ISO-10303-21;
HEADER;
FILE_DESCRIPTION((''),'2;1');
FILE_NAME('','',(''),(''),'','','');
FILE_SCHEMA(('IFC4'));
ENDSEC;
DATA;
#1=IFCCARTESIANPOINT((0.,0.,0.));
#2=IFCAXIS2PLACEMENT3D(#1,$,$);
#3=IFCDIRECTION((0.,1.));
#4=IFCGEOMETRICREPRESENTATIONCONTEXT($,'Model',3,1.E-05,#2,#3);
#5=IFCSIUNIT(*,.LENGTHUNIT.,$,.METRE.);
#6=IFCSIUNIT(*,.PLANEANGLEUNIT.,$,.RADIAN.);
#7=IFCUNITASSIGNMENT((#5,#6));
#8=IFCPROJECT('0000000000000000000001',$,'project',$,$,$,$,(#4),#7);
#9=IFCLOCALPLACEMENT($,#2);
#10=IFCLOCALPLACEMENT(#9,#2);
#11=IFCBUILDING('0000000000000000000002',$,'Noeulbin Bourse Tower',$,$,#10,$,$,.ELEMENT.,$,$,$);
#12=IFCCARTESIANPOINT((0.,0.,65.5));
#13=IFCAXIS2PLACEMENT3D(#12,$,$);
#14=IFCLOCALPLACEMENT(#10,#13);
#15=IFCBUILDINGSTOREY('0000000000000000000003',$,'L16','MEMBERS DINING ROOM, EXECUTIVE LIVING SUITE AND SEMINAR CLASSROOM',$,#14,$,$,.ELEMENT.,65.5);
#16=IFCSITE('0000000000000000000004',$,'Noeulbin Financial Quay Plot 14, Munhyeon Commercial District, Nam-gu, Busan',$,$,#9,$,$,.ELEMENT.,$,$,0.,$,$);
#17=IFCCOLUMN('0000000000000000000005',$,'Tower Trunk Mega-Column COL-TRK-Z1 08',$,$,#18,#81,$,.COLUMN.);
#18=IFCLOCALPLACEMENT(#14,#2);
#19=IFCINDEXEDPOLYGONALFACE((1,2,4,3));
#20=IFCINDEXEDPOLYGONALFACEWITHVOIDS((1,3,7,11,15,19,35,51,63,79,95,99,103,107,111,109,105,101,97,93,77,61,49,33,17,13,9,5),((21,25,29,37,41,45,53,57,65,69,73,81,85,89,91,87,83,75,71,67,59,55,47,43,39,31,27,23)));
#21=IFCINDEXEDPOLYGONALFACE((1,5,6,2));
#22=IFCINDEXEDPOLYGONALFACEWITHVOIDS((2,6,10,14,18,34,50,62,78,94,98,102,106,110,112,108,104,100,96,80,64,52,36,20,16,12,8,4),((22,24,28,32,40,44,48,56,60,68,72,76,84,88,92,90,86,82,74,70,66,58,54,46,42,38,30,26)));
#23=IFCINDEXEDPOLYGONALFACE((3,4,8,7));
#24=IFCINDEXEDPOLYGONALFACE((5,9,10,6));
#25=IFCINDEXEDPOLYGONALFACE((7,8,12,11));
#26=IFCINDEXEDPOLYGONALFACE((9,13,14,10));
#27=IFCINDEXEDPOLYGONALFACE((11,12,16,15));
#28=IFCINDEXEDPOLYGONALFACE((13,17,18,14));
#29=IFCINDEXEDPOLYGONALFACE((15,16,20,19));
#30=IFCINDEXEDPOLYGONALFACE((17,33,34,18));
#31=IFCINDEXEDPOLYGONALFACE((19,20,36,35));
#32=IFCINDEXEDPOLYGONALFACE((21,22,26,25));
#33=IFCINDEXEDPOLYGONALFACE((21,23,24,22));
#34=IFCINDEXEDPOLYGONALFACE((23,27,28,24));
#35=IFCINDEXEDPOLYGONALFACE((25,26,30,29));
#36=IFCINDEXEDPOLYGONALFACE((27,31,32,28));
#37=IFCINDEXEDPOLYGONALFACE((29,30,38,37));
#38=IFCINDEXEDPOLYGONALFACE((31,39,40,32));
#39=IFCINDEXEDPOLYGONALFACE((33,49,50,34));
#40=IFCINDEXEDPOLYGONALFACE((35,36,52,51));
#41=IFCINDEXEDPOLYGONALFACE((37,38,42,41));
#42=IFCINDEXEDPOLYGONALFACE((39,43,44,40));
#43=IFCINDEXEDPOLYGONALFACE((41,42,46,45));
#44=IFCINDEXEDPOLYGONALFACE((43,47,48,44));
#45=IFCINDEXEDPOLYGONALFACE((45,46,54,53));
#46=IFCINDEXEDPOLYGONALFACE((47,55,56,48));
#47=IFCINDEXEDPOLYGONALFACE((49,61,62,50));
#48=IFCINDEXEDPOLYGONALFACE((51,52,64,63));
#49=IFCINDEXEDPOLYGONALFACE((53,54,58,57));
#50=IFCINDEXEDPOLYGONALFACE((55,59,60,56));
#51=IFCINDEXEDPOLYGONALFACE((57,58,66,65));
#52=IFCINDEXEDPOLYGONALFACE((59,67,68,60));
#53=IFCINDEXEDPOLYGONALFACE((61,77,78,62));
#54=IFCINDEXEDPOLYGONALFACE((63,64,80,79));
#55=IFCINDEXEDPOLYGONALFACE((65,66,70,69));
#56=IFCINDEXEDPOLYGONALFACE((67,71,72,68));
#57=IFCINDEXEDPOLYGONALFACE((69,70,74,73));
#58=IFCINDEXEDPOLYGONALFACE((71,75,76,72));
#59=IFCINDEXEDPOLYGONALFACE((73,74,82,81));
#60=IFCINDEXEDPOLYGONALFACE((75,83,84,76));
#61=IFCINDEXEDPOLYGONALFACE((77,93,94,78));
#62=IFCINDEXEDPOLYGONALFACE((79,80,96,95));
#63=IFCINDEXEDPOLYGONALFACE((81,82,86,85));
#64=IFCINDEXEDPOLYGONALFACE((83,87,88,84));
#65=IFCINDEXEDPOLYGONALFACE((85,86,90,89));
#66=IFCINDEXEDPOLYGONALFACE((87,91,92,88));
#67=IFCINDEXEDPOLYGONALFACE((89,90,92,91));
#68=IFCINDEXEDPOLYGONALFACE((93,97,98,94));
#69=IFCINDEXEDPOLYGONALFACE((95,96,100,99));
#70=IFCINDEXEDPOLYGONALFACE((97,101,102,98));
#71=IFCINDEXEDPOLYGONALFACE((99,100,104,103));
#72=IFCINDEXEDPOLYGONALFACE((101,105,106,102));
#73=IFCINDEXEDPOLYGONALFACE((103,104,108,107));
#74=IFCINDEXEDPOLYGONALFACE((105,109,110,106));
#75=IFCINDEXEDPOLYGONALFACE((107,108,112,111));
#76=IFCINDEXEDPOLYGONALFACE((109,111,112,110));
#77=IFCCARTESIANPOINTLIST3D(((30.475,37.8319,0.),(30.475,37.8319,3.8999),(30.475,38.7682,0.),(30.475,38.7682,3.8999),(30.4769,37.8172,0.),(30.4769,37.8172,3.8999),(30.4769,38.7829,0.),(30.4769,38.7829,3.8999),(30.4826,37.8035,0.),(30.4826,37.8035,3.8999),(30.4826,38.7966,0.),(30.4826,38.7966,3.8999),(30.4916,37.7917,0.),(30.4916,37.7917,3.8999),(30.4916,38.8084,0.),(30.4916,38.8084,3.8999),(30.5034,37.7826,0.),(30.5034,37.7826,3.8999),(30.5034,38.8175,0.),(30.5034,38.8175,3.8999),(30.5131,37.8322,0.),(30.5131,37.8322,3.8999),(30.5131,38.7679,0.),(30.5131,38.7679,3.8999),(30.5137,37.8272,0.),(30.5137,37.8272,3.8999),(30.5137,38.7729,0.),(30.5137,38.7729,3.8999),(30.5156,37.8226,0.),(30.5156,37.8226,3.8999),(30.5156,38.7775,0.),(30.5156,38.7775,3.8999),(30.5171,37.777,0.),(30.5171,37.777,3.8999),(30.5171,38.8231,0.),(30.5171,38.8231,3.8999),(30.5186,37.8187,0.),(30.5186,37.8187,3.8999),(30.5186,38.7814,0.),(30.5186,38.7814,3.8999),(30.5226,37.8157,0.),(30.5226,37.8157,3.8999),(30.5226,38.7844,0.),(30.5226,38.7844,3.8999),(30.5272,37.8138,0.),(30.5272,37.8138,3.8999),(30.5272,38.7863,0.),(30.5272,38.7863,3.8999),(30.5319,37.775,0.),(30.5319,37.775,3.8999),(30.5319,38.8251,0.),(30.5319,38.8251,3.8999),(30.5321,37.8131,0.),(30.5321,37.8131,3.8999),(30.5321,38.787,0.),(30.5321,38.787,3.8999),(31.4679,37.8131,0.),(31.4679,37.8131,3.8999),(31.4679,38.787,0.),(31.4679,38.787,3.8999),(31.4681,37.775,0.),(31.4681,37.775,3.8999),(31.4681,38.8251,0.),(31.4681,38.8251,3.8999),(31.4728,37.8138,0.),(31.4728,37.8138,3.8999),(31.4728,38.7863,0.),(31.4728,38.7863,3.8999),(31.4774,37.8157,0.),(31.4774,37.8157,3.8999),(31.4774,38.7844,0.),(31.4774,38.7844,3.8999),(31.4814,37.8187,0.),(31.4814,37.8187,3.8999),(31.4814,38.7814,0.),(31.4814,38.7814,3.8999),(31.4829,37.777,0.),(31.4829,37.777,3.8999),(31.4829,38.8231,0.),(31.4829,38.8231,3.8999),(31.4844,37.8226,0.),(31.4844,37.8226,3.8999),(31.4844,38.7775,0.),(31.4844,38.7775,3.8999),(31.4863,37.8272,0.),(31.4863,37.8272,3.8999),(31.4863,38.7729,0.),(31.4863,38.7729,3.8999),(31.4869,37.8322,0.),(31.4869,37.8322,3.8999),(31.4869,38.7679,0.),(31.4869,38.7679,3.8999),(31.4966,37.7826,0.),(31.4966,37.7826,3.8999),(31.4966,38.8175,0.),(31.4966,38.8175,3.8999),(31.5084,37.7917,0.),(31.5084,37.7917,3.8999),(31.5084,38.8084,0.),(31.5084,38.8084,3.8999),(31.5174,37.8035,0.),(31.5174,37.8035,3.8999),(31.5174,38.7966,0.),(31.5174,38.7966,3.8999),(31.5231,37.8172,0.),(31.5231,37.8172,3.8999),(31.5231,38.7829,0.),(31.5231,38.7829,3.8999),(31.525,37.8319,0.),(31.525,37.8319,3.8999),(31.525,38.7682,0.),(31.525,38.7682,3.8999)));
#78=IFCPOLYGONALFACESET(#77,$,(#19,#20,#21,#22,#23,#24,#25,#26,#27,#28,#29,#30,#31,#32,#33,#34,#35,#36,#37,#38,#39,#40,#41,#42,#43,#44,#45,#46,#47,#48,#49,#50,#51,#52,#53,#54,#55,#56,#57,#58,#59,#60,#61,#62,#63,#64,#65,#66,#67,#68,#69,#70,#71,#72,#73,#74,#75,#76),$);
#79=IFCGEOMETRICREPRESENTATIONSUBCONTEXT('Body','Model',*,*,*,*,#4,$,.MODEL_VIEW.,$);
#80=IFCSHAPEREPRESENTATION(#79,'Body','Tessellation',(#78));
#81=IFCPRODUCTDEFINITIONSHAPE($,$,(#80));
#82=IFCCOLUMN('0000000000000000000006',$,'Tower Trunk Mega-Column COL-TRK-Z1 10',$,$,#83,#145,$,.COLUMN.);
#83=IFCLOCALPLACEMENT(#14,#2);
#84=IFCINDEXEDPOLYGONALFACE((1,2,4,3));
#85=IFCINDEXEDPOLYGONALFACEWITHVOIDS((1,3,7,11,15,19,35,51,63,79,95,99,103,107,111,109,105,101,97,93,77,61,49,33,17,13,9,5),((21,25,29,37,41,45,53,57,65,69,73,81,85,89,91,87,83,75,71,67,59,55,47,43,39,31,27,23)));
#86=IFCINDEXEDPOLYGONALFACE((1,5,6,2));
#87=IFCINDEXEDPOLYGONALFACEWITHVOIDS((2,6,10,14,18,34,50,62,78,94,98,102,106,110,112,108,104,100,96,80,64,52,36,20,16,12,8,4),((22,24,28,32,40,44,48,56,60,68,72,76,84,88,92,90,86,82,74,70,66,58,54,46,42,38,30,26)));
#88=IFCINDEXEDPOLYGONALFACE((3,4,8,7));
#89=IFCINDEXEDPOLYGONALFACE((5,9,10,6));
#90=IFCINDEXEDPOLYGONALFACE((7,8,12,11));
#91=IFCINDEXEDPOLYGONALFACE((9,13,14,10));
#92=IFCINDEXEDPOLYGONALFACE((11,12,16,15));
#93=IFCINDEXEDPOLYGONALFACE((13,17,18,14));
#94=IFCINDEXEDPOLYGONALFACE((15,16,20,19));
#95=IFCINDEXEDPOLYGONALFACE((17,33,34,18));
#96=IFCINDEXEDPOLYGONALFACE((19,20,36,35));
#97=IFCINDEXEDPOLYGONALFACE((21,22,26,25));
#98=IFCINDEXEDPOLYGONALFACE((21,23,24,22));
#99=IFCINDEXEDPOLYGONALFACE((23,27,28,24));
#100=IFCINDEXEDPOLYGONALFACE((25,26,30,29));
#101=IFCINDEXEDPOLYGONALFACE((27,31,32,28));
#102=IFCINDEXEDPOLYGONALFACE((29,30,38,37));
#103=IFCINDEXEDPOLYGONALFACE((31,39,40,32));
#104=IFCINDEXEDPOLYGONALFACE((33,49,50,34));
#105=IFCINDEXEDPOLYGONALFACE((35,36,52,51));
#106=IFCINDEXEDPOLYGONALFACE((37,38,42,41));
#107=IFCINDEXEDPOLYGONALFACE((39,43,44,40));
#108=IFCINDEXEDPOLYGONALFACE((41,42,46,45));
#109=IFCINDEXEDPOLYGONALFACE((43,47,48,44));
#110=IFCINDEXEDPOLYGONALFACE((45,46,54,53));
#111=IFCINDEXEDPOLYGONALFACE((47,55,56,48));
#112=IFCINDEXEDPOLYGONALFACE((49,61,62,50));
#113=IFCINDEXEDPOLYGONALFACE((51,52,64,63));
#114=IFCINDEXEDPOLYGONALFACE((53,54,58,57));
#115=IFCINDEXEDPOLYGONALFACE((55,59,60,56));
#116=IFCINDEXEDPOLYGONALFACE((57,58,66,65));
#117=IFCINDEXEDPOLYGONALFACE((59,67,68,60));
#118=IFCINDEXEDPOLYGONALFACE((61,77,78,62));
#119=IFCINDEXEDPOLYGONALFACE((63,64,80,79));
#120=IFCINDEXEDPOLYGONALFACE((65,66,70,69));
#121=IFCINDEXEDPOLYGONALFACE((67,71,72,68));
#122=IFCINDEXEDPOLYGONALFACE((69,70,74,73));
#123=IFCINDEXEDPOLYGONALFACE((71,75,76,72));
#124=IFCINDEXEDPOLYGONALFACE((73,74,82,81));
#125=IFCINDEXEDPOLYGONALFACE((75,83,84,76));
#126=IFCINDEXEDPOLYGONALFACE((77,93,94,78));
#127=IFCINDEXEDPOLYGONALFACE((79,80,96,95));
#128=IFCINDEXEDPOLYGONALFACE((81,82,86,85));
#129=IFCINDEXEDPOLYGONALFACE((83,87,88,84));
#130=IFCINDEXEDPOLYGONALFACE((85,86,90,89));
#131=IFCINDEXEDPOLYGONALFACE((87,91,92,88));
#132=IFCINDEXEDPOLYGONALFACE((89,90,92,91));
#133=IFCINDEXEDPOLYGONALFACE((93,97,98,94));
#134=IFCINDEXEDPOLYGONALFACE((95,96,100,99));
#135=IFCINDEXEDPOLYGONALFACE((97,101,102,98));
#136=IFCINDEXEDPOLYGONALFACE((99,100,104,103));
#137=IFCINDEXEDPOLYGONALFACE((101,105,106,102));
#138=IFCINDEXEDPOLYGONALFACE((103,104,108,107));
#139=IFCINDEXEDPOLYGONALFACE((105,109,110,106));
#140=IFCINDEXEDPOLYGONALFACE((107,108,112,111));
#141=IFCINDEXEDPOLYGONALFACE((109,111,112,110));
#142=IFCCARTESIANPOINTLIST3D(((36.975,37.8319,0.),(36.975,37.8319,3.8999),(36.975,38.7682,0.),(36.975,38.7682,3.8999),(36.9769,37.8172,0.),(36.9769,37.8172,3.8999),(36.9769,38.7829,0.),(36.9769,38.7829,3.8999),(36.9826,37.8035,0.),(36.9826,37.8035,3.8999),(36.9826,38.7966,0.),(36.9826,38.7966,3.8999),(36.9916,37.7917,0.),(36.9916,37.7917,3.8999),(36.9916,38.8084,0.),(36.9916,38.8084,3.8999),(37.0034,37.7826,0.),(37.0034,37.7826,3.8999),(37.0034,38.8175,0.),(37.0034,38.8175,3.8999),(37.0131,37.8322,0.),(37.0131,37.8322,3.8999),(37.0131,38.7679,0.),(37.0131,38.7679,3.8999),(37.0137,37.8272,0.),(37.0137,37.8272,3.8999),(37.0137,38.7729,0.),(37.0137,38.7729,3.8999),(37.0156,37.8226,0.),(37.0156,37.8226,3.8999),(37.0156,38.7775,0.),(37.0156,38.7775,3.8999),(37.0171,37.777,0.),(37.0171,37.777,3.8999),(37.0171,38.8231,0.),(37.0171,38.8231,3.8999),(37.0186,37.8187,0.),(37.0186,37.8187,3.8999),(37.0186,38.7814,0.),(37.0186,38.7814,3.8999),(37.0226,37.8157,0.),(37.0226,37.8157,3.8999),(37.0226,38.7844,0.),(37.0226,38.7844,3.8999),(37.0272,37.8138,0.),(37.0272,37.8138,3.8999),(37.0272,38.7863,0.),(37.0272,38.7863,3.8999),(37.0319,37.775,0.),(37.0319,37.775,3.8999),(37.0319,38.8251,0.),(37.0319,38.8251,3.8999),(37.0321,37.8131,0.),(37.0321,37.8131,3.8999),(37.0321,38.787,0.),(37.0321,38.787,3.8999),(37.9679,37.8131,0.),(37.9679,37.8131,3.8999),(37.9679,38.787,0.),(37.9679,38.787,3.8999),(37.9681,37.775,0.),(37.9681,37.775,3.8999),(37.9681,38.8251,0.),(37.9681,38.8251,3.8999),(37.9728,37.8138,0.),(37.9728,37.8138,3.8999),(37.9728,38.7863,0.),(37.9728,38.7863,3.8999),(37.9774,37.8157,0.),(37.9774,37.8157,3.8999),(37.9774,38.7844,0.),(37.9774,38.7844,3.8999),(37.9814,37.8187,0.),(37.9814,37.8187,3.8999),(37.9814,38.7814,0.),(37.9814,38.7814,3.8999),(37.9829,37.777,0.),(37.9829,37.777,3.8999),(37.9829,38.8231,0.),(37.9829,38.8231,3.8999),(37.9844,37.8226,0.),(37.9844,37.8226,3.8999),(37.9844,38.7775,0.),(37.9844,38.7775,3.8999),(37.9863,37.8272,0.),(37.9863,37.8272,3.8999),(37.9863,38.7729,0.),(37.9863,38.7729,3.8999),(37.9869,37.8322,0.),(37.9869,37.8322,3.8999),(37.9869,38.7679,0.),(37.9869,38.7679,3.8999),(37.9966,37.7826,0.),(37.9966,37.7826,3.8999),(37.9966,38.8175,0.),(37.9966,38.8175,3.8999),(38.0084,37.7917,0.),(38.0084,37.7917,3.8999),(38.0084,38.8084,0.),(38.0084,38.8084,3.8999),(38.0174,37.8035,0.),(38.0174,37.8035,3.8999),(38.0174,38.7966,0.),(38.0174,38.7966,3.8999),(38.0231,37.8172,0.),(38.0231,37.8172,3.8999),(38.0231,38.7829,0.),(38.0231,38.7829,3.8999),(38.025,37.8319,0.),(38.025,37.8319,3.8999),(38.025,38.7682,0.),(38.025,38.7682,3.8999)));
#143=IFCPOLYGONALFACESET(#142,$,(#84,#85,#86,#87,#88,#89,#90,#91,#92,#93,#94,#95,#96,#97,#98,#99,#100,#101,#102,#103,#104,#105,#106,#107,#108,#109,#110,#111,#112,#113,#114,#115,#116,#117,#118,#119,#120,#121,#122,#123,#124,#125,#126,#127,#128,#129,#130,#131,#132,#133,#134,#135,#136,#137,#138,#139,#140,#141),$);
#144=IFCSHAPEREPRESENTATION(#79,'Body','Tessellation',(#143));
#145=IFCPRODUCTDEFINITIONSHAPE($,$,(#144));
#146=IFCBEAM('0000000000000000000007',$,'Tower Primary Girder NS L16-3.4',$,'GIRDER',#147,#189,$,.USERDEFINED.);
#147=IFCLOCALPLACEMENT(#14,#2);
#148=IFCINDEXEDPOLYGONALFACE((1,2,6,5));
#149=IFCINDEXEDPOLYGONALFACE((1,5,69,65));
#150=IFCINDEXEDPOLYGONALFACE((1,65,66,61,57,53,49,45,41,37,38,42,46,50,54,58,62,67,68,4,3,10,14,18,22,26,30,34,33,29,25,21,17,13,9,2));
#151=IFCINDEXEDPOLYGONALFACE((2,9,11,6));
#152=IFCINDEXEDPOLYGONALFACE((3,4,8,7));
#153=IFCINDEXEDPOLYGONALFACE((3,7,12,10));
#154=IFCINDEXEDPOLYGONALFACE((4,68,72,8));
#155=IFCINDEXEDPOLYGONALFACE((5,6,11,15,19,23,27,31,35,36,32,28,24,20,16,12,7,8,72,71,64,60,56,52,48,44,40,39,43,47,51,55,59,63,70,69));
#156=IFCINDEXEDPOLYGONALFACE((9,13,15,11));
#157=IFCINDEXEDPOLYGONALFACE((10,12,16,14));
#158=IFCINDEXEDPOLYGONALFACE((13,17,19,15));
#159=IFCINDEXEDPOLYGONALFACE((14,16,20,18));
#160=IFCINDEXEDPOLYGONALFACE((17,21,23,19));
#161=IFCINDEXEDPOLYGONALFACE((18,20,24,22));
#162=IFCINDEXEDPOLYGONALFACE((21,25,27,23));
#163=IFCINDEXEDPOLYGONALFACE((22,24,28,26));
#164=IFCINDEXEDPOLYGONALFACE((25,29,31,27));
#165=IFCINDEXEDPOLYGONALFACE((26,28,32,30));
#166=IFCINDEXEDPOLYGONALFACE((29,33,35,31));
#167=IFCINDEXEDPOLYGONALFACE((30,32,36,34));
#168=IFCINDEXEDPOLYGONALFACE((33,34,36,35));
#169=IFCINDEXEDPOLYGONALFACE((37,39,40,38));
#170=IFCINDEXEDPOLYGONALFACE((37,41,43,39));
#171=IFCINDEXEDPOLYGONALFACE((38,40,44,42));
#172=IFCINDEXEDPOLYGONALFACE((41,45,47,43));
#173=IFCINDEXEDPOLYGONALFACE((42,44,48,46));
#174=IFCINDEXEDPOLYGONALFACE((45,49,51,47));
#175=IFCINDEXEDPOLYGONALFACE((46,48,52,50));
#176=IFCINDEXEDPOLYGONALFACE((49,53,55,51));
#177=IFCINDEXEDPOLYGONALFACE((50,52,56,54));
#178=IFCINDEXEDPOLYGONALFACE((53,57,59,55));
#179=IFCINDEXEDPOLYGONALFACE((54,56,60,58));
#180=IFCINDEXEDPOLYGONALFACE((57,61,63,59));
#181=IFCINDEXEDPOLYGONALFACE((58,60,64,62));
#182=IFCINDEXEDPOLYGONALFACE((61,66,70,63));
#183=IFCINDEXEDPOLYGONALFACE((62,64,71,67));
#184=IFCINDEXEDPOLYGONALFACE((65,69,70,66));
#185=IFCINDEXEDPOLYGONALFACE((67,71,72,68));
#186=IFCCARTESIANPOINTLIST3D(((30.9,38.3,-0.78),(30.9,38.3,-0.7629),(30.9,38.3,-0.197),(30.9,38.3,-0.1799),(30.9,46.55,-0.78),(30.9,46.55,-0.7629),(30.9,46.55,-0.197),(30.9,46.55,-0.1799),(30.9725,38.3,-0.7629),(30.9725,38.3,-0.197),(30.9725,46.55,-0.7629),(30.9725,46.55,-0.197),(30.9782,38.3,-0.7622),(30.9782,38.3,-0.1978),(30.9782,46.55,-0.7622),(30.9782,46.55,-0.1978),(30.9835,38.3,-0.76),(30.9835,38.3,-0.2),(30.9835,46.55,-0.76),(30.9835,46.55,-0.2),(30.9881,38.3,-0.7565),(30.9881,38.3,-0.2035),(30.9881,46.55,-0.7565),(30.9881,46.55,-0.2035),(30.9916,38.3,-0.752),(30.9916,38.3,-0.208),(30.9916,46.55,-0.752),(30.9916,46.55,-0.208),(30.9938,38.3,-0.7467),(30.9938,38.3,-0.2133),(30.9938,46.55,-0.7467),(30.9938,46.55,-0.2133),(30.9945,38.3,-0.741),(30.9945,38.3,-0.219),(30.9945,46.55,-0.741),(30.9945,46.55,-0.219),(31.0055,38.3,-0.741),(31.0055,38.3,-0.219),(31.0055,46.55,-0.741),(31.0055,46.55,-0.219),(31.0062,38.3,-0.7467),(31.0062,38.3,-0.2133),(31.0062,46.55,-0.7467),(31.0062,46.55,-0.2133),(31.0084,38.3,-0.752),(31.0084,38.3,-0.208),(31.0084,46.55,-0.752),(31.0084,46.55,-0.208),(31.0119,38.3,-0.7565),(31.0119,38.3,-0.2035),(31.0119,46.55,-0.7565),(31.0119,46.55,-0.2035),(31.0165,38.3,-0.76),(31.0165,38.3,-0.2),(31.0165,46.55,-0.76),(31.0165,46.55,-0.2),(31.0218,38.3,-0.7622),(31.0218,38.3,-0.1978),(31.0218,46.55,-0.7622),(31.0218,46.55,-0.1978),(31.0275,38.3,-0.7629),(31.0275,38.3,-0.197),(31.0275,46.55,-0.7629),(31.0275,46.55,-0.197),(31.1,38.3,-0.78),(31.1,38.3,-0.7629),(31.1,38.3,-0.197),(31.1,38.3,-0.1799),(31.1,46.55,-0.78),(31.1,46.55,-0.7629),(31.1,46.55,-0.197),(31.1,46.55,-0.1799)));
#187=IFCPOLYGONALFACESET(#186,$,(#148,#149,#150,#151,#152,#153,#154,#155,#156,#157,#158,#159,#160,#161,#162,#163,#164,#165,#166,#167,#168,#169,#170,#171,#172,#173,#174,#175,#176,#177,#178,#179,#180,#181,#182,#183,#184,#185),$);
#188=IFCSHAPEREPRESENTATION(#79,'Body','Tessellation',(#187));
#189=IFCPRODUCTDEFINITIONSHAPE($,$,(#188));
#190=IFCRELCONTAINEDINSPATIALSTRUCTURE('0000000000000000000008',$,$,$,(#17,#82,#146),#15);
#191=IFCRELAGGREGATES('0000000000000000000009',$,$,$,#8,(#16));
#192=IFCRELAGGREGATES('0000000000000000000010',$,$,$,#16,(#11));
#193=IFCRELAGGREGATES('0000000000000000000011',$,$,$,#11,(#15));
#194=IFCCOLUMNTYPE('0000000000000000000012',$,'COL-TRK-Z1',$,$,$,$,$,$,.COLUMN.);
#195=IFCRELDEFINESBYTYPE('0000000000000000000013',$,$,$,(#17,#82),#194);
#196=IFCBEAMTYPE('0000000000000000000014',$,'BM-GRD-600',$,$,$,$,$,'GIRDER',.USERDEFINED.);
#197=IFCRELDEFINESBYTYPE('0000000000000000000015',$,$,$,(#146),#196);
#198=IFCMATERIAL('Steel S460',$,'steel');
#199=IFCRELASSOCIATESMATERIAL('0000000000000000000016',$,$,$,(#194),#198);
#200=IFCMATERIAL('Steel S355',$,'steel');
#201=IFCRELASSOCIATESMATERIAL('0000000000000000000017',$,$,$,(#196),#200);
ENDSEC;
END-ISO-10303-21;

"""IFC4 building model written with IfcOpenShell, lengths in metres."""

from ifc_helpers import new_model, si_unit, direction, frame, origin, origin_2d, place, context, subcontext, project, spatial, hollow_rectangle, i_section, extrude, material, material_profile, profile_set, type_object, element, save


model = new_model("IFC4")

# Units and contexts
model_context = context("Model", 3, precision=1e-05, world=origin(), true_north=direction((0.0, 1.0)))
body_context = subcontext(model_context, "Body", "Model", "MODEL_VIEW")
ifc_project = project(units=[si_unit("LENGTHUNIT", "METRE"), si_unit("PLANEANGLEUNIT", "RADIAN")], contexts=[model_context])

# Site, building, storey
site_placement = place(None, origin())
site = spatial("IfcSite", under=ifc_project, at=site_placement, Name="Noeulbin Financial Quay Plot 14, Munhyeon Commercial District, Nam-gu, Busan", CompositionType="ELEMENT", RefElevation=0.0)
building_placement = place(site_placement, origin())
building = spatial("IfcBuilding", under=site, at=building_placement, Name="Noeulbin Bourse Tower", CompositionType="ELEMENT")
storey_placement = place(building_placement, frame((0.0, 0.0, 65.5)))
storey = spatial("IfcBuildingStorey", under=building, at=storey_placement, Name="L16", Description="MEMBERS DINING ROOM, EXECUTIVE LIVING SUITE AND SEMINAR CLASSROOM", CompositionType="ELEMENT", Elevation=65.5)

# Columns
ifc_material_1 = material(Name="Steel S460", Category="steel")
ifc_material_profile_1 = material_profile(ifc_material_1, hollow_rectangle(XDim=1.05, YDim=1.05, WallThickness=0.0381, InnerFilletRadius=0.019, OuterFilletRadius=0.0569, at=origin_2d()), Name="BOX-1050x1050x38", Category="LoadBearing")
ifc_profile_set_1 = profile_set([ifc_material_profile_1], Name="Steel S460")
column_type = type_object("IfcColumnType", Name="COL-TRK-Z1", PredefinedType="COLUMN", material=ifc_profile_set_1)
for number, where, z_axis, x_axis, name in (
    (1, (31.0, 38.3, 0.0), (0.0, 0.0, 1.0), (1.0, 0.0, 0.0), "Tower Trunk Mega-Column COL-TRK-Z1 08"),
    (2, (37.5, 38.3, 0.0), (0.0, 0.0, 1.0), (1.0, 0.0, 0.0), "Tower Trunk Mega-Column COL-TRK-Z1 10"),
):
    element("IfcColumn", number, at=place(storey_placement, frame(where, z_axis=z_axis, x_axis=x_axis)), inside=storey, type_object=column_type, Name=name, PredefinedType="COLUMN", context=body_context, shape_type="SweptSolid", body=[
        extrude(hollow_rectangle(XDim=1.05, YDim=1.05, WallThickness=0.0381, InnerFilletRadius=0.019, OuterFilletRadius=0.0569, at=origin_2d()), origin(), (0.0, 0.0, 1.0), 3.8999),
    ])

# Beam
ifc_material_2 = material(Name="Steel S355", Category="steel")
ifc_material_profile_2 = material_profile(ifc_material_2, i_section(OverallWidth=0.2, OverallDepth=0.6001, WebThickness=0.011, FlangeThickness=0.0171, FilletRadius=0.022, at=origin_2d()), Name="H-600x200x11x17", Category="LoadBearing")
ifc_profile_set_2 = profile_set([ifc_material_profile_2], Name="Steel S355")
beam_type_1 = type_object("IfcBeamType", Name="BM-GRD-600", ElementType="GIRDER", PredefinedType="USERDEFINED", material=ifc_profile_set_2)
for number, where, z_axis, x_axis, name in (
    (3, (31.0, 38.3, -0.48), (0.0, 1.0, 0.0), (-1.0, 0.0, 0.0), "Tower Primary Girder NS L16-3.4"),
):
    element("IfcBeam", number, at=place(storey_placement, frame(where, z_axis=z_axis, x_axis=x_axis)), inside=storey, type_object=beam_type_1, Name=name, ObjectType="GIRDER", PredefinedType="USERDEFINED", context=body_context, shape_type="SweptSolid", body=[
        extrude(i_section(OverallWidth=0.2, OverallDepth=0.6001, WebThickness=0.011, FlangeThickness=0.0171, FilletRadius=0.022, at=origin_2d()), origin(), (0.0, 0.0, 1.0), 8.25),
    ])

save(model, "model.ifc")
